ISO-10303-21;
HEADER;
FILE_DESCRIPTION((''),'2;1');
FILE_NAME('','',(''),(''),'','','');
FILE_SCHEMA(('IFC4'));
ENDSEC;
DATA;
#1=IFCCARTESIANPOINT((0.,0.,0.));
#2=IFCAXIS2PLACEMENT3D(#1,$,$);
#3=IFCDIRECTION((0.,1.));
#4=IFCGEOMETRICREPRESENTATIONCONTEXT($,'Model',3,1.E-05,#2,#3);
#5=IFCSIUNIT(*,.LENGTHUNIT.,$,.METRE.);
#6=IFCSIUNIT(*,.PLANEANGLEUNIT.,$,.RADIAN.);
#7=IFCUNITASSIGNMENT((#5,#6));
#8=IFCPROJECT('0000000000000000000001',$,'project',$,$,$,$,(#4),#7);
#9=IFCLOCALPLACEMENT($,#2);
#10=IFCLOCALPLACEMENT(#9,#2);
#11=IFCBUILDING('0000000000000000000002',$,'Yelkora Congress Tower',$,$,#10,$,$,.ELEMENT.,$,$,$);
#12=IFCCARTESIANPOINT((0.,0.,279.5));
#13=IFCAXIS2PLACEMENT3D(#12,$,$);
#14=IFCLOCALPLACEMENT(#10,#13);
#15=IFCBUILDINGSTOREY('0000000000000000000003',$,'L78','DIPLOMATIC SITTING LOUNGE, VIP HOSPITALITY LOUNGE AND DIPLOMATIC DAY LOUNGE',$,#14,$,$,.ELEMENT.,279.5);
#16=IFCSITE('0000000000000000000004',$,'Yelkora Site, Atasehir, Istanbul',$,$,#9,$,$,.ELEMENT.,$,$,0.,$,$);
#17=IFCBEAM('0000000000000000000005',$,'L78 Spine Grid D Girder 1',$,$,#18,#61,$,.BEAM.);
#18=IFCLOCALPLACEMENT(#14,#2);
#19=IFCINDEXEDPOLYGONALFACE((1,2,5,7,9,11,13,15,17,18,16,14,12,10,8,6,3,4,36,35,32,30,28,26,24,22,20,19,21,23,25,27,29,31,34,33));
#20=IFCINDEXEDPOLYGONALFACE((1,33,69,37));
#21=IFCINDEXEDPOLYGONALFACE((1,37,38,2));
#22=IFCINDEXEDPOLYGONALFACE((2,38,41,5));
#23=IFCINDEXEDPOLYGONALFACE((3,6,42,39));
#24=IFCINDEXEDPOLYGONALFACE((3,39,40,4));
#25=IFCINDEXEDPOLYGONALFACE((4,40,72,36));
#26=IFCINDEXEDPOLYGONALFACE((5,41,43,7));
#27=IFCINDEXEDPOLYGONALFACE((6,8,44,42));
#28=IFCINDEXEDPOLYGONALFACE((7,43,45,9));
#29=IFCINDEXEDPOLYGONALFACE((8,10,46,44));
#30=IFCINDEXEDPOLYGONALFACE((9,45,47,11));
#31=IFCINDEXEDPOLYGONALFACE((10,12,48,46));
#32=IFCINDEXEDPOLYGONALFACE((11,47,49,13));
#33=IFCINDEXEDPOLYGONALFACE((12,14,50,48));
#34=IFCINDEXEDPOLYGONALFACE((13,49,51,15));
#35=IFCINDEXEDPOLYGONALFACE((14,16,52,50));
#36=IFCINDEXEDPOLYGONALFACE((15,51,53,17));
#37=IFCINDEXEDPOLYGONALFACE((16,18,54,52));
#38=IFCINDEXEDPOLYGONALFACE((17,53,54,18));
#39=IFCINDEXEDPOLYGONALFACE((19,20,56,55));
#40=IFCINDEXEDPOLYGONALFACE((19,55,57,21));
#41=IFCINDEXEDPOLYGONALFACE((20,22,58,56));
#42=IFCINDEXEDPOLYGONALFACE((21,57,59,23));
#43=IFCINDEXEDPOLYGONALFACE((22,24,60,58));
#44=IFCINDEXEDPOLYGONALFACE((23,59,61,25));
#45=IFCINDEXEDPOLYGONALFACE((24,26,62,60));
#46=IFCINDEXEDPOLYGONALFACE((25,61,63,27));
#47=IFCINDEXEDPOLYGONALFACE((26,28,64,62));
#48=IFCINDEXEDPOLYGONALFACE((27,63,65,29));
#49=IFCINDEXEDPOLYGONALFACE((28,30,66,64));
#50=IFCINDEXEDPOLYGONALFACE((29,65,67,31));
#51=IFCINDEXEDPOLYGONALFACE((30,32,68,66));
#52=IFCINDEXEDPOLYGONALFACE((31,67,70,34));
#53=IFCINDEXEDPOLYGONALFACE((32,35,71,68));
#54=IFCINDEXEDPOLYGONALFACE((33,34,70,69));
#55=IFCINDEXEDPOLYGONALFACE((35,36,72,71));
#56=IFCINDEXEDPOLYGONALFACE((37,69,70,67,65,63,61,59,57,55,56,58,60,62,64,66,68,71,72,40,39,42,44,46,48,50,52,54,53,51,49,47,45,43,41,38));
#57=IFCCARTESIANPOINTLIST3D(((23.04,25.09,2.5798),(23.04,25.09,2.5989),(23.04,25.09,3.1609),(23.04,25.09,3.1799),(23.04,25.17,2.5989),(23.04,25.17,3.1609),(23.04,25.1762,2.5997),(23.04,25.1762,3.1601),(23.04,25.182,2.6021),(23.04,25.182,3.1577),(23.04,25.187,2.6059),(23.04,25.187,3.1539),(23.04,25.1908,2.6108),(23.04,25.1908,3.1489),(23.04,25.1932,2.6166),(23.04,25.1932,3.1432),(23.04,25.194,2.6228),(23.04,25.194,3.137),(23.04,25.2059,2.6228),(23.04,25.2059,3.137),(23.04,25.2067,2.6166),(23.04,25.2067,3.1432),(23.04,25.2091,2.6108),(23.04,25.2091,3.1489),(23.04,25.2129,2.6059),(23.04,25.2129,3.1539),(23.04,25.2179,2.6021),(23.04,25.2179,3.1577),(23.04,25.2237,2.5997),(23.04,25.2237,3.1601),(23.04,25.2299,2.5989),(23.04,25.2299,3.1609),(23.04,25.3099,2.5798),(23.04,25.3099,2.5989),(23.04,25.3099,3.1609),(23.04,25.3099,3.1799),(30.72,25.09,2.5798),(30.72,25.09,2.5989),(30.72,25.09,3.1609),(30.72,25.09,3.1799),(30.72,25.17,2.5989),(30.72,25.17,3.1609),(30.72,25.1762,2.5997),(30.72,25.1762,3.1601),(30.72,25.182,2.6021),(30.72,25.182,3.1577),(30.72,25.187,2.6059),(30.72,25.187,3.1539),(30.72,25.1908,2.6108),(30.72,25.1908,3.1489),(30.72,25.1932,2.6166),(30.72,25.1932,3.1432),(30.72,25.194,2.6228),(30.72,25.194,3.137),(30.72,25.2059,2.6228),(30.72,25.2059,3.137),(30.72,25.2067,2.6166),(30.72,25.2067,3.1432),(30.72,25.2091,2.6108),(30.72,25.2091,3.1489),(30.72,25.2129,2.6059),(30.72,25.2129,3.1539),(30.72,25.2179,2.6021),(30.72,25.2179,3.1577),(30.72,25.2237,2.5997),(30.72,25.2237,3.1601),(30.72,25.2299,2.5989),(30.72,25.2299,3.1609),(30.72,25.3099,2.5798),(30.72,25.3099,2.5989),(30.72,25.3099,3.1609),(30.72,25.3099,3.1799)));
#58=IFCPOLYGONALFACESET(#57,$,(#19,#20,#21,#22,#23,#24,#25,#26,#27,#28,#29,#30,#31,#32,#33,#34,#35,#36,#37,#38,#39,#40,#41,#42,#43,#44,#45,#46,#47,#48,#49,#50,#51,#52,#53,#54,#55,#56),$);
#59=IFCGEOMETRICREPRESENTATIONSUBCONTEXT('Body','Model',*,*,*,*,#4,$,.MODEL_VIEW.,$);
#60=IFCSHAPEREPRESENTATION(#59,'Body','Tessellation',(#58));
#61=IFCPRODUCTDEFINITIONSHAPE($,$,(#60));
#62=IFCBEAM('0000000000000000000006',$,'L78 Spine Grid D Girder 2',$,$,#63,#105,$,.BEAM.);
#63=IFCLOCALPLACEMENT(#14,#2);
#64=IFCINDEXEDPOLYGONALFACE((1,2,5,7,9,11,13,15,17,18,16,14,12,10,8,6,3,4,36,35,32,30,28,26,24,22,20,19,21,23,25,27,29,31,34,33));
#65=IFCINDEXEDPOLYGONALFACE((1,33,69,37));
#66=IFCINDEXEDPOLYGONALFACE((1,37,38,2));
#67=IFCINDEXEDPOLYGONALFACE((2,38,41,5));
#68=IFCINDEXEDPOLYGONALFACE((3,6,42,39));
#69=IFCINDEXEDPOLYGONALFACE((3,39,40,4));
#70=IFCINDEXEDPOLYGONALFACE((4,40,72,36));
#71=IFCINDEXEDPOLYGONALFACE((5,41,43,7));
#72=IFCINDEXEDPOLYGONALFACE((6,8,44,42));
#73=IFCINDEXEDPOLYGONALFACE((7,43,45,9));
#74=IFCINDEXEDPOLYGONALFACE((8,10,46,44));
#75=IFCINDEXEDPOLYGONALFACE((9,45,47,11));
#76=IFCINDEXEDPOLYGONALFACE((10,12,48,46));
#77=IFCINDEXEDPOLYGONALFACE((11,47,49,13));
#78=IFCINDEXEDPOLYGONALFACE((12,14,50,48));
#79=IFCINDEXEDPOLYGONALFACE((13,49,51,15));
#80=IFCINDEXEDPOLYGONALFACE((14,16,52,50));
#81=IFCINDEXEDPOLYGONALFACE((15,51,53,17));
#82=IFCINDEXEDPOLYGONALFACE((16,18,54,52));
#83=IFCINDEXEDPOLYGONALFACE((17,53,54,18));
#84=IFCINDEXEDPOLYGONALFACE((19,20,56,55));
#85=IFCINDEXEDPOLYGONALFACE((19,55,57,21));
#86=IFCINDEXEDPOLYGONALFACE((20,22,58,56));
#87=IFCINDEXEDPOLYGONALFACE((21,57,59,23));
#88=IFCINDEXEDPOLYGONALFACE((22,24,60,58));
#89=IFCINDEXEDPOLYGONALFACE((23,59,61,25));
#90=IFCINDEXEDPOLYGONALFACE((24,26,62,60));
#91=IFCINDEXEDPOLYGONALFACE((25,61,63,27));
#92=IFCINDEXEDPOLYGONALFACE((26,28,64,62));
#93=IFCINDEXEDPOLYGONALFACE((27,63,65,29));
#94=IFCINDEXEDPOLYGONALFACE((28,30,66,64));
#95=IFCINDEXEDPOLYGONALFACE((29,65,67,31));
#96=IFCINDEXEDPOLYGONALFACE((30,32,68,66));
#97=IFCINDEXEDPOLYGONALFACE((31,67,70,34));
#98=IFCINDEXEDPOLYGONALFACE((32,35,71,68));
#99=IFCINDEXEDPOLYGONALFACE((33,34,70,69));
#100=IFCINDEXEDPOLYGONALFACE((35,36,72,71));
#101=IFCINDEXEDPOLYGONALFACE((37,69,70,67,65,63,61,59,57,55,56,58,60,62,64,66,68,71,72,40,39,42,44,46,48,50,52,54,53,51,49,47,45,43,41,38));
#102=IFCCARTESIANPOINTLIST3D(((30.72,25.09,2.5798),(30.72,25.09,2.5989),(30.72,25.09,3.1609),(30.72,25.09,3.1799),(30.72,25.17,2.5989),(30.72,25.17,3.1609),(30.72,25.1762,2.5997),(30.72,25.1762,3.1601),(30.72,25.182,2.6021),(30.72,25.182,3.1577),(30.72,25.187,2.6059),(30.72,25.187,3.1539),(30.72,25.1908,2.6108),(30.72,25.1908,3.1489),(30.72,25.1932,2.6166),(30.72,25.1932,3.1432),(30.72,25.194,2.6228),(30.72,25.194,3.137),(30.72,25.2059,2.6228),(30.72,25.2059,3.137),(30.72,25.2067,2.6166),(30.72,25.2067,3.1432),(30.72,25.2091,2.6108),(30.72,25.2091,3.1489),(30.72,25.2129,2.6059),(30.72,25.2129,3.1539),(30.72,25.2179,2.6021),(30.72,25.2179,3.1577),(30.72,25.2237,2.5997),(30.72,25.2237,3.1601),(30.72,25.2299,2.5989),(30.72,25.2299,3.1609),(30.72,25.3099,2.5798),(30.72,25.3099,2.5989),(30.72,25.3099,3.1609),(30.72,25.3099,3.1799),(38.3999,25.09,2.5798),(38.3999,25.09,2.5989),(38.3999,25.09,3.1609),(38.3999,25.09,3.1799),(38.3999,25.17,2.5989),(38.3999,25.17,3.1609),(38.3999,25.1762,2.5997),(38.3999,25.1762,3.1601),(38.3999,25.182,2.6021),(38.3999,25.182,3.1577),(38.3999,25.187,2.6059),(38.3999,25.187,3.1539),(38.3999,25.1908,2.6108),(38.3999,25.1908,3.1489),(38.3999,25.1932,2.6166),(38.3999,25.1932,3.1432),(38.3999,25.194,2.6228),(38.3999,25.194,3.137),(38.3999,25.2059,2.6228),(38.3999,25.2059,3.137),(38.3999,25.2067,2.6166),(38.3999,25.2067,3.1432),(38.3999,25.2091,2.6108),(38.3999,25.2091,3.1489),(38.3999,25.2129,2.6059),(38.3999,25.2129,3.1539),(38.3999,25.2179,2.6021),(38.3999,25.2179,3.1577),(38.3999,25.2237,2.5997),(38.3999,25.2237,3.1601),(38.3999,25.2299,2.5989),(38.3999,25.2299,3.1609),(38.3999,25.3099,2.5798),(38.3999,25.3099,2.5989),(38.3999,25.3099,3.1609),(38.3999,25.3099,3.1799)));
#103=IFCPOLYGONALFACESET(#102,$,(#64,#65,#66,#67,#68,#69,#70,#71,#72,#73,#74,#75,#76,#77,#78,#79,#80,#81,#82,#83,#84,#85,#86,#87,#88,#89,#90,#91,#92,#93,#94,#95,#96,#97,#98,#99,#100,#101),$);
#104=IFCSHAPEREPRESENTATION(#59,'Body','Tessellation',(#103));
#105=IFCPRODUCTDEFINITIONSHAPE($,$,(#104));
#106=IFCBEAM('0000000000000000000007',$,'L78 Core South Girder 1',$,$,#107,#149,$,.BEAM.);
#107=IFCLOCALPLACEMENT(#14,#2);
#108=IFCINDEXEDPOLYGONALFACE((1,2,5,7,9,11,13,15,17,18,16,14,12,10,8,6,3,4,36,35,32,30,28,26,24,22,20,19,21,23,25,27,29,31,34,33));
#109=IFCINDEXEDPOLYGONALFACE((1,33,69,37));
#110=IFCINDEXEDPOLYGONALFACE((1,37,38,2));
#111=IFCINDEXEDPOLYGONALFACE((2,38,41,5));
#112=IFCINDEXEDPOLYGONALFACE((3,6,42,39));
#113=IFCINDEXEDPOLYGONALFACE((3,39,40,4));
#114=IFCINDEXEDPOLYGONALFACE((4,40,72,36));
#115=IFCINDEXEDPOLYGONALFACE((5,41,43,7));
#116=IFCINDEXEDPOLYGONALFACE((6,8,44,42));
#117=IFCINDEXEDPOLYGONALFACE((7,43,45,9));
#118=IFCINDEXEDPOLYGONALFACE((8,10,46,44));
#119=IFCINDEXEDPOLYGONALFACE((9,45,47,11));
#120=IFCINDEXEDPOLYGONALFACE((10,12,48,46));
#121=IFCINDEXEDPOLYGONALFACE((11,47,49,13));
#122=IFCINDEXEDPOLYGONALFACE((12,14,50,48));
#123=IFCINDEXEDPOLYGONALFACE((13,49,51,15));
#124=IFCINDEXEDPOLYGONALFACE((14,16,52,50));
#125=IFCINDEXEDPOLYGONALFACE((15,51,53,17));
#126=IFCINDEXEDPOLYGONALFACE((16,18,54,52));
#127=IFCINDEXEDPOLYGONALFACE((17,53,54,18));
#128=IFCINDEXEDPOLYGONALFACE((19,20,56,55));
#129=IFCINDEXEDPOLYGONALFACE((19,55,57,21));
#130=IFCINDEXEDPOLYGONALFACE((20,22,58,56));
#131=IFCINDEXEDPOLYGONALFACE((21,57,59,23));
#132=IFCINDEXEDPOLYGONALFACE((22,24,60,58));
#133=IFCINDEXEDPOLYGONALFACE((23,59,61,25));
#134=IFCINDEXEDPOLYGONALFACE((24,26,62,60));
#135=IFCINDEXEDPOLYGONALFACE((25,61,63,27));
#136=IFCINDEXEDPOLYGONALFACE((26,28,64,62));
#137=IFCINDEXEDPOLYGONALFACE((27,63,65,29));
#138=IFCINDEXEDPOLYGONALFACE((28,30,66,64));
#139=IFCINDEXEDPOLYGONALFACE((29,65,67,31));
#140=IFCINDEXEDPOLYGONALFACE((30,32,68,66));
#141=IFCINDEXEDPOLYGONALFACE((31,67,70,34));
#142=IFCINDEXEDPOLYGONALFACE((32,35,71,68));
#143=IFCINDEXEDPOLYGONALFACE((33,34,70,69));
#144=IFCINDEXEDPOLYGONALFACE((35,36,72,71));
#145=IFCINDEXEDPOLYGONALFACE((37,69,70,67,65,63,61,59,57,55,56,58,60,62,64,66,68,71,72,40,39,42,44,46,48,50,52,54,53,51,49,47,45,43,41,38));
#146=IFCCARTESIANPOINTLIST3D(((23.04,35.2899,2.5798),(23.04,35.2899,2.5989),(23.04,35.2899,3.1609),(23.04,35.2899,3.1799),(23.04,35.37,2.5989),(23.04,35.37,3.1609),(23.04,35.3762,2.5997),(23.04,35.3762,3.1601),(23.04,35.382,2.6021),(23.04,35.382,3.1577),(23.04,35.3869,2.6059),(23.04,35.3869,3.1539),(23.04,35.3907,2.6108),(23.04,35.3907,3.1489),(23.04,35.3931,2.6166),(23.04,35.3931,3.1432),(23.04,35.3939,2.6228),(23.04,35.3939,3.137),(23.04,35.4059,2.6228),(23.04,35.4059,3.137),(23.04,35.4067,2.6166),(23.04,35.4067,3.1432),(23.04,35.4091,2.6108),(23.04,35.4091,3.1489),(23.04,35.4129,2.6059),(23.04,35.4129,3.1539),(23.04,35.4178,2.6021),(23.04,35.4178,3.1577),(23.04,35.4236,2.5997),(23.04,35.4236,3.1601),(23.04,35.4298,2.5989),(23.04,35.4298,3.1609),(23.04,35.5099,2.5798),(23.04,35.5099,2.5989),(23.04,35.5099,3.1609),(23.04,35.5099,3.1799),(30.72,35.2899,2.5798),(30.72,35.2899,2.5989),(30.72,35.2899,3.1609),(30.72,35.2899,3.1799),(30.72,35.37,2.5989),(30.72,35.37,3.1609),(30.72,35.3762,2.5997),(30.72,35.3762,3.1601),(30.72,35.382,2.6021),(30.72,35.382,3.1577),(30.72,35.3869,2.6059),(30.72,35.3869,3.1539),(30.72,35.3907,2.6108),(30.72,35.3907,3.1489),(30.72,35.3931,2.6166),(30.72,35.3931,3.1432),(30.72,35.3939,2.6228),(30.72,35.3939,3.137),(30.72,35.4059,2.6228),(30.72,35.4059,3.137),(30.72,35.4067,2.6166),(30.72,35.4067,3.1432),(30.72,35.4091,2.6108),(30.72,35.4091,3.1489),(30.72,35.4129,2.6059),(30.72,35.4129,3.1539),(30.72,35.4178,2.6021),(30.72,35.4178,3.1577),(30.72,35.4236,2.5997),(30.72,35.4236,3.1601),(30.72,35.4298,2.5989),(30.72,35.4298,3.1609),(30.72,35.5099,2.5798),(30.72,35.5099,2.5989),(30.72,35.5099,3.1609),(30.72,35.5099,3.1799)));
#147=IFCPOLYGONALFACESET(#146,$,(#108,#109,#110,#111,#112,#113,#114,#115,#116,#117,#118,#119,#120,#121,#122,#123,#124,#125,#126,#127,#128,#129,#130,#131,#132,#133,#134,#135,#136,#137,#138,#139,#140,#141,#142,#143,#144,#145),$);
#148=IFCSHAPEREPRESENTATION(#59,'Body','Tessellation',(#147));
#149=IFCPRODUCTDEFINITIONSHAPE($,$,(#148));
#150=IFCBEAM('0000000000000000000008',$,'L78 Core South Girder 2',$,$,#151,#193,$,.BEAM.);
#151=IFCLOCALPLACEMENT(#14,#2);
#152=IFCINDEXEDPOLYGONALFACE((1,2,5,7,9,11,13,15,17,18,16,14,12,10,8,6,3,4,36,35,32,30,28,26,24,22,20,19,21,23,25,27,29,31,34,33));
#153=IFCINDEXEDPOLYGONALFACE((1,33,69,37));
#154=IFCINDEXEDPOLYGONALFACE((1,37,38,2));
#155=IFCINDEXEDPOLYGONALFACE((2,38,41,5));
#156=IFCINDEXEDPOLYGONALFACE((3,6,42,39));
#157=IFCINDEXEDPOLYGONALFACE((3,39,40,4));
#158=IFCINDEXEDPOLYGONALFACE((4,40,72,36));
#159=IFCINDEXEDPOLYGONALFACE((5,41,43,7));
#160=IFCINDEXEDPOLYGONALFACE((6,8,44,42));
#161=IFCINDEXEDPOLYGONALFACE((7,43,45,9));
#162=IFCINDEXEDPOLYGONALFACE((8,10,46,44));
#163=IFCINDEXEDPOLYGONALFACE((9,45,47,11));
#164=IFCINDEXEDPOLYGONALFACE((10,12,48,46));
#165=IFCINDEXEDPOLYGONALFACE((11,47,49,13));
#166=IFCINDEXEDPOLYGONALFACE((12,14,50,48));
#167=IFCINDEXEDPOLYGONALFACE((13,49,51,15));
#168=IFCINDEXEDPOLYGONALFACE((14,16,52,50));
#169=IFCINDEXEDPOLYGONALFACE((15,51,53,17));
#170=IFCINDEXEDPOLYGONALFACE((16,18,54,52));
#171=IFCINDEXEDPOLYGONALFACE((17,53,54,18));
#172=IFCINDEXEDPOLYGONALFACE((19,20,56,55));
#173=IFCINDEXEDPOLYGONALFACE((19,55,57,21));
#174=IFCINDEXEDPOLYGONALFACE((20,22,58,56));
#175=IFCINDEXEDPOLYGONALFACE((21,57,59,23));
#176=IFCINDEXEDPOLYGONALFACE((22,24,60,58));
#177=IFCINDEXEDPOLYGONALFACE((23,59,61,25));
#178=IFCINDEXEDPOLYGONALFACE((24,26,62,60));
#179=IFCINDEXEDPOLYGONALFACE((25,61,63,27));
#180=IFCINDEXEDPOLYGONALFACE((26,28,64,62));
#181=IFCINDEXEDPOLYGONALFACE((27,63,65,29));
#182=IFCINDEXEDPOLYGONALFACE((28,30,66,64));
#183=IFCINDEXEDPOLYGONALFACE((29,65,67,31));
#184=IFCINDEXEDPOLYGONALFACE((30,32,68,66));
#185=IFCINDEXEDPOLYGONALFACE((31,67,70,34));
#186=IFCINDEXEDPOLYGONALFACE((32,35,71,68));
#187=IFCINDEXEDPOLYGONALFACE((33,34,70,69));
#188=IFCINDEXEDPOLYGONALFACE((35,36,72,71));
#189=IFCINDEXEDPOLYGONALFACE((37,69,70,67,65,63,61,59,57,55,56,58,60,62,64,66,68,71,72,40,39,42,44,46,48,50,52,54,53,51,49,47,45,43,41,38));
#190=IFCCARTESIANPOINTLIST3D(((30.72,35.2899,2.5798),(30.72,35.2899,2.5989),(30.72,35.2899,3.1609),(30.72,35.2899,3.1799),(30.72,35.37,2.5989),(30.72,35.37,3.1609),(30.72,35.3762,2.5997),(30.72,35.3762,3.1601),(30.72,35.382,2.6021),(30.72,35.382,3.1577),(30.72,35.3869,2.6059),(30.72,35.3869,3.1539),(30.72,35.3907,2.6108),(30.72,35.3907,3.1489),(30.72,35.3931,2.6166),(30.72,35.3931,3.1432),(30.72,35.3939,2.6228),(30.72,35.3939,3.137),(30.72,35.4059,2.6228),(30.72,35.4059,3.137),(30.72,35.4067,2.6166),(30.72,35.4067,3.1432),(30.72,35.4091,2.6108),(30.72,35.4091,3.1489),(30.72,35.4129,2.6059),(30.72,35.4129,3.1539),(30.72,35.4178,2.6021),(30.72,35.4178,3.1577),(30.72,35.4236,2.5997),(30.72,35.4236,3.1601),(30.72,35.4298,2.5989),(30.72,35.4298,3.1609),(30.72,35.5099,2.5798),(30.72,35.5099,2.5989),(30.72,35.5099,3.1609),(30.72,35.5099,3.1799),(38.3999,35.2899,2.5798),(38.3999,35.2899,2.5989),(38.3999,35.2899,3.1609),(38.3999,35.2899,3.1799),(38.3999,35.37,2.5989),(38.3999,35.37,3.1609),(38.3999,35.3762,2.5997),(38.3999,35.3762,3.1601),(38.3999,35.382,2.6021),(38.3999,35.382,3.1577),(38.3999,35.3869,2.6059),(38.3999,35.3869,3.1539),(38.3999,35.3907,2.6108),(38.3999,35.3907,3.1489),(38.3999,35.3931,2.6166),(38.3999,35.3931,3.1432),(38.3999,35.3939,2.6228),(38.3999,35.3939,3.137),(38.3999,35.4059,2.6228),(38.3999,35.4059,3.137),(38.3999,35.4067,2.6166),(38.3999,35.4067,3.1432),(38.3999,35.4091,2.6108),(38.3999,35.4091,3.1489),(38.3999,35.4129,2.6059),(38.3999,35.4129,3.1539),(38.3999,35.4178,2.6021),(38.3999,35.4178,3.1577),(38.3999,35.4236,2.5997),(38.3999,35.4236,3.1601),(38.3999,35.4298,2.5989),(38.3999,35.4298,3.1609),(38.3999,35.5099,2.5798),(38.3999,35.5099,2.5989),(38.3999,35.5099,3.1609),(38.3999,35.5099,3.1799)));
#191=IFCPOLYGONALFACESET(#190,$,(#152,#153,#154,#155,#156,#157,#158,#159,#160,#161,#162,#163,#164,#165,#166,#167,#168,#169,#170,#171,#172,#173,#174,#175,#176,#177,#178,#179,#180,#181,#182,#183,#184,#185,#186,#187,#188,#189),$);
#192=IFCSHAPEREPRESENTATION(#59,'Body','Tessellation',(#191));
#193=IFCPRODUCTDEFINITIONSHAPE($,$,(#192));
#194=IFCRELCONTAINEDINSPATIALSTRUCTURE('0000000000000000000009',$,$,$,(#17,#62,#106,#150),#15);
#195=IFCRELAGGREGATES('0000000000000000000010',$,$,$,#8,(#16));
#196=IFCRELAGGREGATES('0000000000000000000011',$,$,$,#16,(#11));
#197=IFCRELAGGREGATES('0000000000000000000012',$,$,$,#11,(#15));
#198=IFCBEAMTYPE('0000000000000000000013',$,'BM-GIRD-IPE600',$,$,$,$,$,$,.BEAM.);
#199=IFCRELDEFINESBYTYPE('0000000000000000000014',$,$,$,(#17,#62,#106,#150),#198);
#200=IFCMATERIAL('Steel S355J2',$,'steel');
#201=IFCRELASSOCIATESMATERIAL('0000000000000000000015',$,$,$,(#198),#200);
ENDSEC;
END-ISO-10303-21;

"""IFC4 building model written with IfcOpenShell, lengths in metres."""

from ifc_helpers import new_model, si_unit, direction, frame, origin, origin_2d, place, context, subcontext, project, spatial, i_section, extrude, material, material_profile, profile_set, type_object, element, save


model = new_model("IFC4")

# Units and contexts
model_context = context("Model", 3, precision=1e-05, world=origin(), true_north=direction((0.0, 1.0)))
body_context = subcontext(model_context, "Body", "Model", "MODEL_VIEW")
ifc_project = project(units=[si_unit("LENGTHUNIT", "METRE"), si_unit("PLANEANGLEUNIT", "RADIAN")], contexts=[model_context])

# Site, building, storey
site_placement = place(None, origin())
site = spatial("IfcSite", under=ifc_project, at=site_placement, Name="Yelkora Site, Atasehir, Istanbul", CompositionType="ELEMENT", RefElevation=0.0)
building_placement = place(site_placement, origin())
building = spatial("IfcBuilding", under=site, at=building_placement, Name="Yelkora Congress Tower", CompositionType="ELEMENT")
storey_placement = place(building_placement, frame((0.0, 0.0, 279.5)))
storey = spatial("IfcBuildingStorey", under=building, at=storey_placement, Name="L78", Description="DIPLOMATIC SITTING LOUNGE, VIP HOSPITALITY LOUNGE AND DIPLOMATIC DAY LOUNGE", CompositionType="ELEMENT", Elevation=279.5)

# Beams
ifc_material_1 = material(Name="Steel S355J2", Category="steel")
ifc_material_profile_1 = material_profile(ifc_material_1, i_section(OverallWidth=0.22, OverallDepth=0.6001, WebThickness=0.012, FlangeThickness=0.019, FilletRadius=0.0239, at=origin_2d()), Name="IPE 600")
ifc_profile_set_1 = profile_set([ifc_material_profile_1], Name="Steel S355J2")
beam_type_1 = type_object("IfcBeamType", Name="BM-GIRD-IPE600", PredefinedType="BEAM", material=ifc_profile_set_1)
for number, where, z_axis, x_axis, name in (
    (1, (23.04, 25.2, 2.8799), (1.0, 0.0, 0.0), (0.0, 1.0, 0.0), "L78 Spine Grid D Girder 1"),
    (2, (30.72, 25.2, 2.8799), (1.0, 0.0, 0.0), (0.0, 1.0, 0.0), "L78 Spine Grid D Girder 2"),
    (3, (23.04, 35.3999, 2.8799), (1.0, 0.0, 0.0), (0.0, 1.0, 0.0), "L78 Core South Girder 1"),
    (4, (30.72, 35.3999, 2.8799), (1.0, 0.0, 0.0), (0.0, 1.0, 0.0), "L78 Core South Girder 2"),
):
    element("IfcBeam", number, at=place(storey_placement, frame(where, z_axis=z_axis, x_axis=x_axis)), inside=storey, type_object=beam_type_1, Name=name, PredefinedType="BEAM", context=body_context, shape_type="SweptSolid", body=[
        extrude(i_section(OverallWidth=0.22, OverallDepth=0.6001, WebThickness=0.012, FlangeThickness=0.019, FilletRadius=0.0239, at=origin_2d()), origin(), (0.0, 0.0, 1.0), 7.6799),
    ])

save(model, "model.ifc")
